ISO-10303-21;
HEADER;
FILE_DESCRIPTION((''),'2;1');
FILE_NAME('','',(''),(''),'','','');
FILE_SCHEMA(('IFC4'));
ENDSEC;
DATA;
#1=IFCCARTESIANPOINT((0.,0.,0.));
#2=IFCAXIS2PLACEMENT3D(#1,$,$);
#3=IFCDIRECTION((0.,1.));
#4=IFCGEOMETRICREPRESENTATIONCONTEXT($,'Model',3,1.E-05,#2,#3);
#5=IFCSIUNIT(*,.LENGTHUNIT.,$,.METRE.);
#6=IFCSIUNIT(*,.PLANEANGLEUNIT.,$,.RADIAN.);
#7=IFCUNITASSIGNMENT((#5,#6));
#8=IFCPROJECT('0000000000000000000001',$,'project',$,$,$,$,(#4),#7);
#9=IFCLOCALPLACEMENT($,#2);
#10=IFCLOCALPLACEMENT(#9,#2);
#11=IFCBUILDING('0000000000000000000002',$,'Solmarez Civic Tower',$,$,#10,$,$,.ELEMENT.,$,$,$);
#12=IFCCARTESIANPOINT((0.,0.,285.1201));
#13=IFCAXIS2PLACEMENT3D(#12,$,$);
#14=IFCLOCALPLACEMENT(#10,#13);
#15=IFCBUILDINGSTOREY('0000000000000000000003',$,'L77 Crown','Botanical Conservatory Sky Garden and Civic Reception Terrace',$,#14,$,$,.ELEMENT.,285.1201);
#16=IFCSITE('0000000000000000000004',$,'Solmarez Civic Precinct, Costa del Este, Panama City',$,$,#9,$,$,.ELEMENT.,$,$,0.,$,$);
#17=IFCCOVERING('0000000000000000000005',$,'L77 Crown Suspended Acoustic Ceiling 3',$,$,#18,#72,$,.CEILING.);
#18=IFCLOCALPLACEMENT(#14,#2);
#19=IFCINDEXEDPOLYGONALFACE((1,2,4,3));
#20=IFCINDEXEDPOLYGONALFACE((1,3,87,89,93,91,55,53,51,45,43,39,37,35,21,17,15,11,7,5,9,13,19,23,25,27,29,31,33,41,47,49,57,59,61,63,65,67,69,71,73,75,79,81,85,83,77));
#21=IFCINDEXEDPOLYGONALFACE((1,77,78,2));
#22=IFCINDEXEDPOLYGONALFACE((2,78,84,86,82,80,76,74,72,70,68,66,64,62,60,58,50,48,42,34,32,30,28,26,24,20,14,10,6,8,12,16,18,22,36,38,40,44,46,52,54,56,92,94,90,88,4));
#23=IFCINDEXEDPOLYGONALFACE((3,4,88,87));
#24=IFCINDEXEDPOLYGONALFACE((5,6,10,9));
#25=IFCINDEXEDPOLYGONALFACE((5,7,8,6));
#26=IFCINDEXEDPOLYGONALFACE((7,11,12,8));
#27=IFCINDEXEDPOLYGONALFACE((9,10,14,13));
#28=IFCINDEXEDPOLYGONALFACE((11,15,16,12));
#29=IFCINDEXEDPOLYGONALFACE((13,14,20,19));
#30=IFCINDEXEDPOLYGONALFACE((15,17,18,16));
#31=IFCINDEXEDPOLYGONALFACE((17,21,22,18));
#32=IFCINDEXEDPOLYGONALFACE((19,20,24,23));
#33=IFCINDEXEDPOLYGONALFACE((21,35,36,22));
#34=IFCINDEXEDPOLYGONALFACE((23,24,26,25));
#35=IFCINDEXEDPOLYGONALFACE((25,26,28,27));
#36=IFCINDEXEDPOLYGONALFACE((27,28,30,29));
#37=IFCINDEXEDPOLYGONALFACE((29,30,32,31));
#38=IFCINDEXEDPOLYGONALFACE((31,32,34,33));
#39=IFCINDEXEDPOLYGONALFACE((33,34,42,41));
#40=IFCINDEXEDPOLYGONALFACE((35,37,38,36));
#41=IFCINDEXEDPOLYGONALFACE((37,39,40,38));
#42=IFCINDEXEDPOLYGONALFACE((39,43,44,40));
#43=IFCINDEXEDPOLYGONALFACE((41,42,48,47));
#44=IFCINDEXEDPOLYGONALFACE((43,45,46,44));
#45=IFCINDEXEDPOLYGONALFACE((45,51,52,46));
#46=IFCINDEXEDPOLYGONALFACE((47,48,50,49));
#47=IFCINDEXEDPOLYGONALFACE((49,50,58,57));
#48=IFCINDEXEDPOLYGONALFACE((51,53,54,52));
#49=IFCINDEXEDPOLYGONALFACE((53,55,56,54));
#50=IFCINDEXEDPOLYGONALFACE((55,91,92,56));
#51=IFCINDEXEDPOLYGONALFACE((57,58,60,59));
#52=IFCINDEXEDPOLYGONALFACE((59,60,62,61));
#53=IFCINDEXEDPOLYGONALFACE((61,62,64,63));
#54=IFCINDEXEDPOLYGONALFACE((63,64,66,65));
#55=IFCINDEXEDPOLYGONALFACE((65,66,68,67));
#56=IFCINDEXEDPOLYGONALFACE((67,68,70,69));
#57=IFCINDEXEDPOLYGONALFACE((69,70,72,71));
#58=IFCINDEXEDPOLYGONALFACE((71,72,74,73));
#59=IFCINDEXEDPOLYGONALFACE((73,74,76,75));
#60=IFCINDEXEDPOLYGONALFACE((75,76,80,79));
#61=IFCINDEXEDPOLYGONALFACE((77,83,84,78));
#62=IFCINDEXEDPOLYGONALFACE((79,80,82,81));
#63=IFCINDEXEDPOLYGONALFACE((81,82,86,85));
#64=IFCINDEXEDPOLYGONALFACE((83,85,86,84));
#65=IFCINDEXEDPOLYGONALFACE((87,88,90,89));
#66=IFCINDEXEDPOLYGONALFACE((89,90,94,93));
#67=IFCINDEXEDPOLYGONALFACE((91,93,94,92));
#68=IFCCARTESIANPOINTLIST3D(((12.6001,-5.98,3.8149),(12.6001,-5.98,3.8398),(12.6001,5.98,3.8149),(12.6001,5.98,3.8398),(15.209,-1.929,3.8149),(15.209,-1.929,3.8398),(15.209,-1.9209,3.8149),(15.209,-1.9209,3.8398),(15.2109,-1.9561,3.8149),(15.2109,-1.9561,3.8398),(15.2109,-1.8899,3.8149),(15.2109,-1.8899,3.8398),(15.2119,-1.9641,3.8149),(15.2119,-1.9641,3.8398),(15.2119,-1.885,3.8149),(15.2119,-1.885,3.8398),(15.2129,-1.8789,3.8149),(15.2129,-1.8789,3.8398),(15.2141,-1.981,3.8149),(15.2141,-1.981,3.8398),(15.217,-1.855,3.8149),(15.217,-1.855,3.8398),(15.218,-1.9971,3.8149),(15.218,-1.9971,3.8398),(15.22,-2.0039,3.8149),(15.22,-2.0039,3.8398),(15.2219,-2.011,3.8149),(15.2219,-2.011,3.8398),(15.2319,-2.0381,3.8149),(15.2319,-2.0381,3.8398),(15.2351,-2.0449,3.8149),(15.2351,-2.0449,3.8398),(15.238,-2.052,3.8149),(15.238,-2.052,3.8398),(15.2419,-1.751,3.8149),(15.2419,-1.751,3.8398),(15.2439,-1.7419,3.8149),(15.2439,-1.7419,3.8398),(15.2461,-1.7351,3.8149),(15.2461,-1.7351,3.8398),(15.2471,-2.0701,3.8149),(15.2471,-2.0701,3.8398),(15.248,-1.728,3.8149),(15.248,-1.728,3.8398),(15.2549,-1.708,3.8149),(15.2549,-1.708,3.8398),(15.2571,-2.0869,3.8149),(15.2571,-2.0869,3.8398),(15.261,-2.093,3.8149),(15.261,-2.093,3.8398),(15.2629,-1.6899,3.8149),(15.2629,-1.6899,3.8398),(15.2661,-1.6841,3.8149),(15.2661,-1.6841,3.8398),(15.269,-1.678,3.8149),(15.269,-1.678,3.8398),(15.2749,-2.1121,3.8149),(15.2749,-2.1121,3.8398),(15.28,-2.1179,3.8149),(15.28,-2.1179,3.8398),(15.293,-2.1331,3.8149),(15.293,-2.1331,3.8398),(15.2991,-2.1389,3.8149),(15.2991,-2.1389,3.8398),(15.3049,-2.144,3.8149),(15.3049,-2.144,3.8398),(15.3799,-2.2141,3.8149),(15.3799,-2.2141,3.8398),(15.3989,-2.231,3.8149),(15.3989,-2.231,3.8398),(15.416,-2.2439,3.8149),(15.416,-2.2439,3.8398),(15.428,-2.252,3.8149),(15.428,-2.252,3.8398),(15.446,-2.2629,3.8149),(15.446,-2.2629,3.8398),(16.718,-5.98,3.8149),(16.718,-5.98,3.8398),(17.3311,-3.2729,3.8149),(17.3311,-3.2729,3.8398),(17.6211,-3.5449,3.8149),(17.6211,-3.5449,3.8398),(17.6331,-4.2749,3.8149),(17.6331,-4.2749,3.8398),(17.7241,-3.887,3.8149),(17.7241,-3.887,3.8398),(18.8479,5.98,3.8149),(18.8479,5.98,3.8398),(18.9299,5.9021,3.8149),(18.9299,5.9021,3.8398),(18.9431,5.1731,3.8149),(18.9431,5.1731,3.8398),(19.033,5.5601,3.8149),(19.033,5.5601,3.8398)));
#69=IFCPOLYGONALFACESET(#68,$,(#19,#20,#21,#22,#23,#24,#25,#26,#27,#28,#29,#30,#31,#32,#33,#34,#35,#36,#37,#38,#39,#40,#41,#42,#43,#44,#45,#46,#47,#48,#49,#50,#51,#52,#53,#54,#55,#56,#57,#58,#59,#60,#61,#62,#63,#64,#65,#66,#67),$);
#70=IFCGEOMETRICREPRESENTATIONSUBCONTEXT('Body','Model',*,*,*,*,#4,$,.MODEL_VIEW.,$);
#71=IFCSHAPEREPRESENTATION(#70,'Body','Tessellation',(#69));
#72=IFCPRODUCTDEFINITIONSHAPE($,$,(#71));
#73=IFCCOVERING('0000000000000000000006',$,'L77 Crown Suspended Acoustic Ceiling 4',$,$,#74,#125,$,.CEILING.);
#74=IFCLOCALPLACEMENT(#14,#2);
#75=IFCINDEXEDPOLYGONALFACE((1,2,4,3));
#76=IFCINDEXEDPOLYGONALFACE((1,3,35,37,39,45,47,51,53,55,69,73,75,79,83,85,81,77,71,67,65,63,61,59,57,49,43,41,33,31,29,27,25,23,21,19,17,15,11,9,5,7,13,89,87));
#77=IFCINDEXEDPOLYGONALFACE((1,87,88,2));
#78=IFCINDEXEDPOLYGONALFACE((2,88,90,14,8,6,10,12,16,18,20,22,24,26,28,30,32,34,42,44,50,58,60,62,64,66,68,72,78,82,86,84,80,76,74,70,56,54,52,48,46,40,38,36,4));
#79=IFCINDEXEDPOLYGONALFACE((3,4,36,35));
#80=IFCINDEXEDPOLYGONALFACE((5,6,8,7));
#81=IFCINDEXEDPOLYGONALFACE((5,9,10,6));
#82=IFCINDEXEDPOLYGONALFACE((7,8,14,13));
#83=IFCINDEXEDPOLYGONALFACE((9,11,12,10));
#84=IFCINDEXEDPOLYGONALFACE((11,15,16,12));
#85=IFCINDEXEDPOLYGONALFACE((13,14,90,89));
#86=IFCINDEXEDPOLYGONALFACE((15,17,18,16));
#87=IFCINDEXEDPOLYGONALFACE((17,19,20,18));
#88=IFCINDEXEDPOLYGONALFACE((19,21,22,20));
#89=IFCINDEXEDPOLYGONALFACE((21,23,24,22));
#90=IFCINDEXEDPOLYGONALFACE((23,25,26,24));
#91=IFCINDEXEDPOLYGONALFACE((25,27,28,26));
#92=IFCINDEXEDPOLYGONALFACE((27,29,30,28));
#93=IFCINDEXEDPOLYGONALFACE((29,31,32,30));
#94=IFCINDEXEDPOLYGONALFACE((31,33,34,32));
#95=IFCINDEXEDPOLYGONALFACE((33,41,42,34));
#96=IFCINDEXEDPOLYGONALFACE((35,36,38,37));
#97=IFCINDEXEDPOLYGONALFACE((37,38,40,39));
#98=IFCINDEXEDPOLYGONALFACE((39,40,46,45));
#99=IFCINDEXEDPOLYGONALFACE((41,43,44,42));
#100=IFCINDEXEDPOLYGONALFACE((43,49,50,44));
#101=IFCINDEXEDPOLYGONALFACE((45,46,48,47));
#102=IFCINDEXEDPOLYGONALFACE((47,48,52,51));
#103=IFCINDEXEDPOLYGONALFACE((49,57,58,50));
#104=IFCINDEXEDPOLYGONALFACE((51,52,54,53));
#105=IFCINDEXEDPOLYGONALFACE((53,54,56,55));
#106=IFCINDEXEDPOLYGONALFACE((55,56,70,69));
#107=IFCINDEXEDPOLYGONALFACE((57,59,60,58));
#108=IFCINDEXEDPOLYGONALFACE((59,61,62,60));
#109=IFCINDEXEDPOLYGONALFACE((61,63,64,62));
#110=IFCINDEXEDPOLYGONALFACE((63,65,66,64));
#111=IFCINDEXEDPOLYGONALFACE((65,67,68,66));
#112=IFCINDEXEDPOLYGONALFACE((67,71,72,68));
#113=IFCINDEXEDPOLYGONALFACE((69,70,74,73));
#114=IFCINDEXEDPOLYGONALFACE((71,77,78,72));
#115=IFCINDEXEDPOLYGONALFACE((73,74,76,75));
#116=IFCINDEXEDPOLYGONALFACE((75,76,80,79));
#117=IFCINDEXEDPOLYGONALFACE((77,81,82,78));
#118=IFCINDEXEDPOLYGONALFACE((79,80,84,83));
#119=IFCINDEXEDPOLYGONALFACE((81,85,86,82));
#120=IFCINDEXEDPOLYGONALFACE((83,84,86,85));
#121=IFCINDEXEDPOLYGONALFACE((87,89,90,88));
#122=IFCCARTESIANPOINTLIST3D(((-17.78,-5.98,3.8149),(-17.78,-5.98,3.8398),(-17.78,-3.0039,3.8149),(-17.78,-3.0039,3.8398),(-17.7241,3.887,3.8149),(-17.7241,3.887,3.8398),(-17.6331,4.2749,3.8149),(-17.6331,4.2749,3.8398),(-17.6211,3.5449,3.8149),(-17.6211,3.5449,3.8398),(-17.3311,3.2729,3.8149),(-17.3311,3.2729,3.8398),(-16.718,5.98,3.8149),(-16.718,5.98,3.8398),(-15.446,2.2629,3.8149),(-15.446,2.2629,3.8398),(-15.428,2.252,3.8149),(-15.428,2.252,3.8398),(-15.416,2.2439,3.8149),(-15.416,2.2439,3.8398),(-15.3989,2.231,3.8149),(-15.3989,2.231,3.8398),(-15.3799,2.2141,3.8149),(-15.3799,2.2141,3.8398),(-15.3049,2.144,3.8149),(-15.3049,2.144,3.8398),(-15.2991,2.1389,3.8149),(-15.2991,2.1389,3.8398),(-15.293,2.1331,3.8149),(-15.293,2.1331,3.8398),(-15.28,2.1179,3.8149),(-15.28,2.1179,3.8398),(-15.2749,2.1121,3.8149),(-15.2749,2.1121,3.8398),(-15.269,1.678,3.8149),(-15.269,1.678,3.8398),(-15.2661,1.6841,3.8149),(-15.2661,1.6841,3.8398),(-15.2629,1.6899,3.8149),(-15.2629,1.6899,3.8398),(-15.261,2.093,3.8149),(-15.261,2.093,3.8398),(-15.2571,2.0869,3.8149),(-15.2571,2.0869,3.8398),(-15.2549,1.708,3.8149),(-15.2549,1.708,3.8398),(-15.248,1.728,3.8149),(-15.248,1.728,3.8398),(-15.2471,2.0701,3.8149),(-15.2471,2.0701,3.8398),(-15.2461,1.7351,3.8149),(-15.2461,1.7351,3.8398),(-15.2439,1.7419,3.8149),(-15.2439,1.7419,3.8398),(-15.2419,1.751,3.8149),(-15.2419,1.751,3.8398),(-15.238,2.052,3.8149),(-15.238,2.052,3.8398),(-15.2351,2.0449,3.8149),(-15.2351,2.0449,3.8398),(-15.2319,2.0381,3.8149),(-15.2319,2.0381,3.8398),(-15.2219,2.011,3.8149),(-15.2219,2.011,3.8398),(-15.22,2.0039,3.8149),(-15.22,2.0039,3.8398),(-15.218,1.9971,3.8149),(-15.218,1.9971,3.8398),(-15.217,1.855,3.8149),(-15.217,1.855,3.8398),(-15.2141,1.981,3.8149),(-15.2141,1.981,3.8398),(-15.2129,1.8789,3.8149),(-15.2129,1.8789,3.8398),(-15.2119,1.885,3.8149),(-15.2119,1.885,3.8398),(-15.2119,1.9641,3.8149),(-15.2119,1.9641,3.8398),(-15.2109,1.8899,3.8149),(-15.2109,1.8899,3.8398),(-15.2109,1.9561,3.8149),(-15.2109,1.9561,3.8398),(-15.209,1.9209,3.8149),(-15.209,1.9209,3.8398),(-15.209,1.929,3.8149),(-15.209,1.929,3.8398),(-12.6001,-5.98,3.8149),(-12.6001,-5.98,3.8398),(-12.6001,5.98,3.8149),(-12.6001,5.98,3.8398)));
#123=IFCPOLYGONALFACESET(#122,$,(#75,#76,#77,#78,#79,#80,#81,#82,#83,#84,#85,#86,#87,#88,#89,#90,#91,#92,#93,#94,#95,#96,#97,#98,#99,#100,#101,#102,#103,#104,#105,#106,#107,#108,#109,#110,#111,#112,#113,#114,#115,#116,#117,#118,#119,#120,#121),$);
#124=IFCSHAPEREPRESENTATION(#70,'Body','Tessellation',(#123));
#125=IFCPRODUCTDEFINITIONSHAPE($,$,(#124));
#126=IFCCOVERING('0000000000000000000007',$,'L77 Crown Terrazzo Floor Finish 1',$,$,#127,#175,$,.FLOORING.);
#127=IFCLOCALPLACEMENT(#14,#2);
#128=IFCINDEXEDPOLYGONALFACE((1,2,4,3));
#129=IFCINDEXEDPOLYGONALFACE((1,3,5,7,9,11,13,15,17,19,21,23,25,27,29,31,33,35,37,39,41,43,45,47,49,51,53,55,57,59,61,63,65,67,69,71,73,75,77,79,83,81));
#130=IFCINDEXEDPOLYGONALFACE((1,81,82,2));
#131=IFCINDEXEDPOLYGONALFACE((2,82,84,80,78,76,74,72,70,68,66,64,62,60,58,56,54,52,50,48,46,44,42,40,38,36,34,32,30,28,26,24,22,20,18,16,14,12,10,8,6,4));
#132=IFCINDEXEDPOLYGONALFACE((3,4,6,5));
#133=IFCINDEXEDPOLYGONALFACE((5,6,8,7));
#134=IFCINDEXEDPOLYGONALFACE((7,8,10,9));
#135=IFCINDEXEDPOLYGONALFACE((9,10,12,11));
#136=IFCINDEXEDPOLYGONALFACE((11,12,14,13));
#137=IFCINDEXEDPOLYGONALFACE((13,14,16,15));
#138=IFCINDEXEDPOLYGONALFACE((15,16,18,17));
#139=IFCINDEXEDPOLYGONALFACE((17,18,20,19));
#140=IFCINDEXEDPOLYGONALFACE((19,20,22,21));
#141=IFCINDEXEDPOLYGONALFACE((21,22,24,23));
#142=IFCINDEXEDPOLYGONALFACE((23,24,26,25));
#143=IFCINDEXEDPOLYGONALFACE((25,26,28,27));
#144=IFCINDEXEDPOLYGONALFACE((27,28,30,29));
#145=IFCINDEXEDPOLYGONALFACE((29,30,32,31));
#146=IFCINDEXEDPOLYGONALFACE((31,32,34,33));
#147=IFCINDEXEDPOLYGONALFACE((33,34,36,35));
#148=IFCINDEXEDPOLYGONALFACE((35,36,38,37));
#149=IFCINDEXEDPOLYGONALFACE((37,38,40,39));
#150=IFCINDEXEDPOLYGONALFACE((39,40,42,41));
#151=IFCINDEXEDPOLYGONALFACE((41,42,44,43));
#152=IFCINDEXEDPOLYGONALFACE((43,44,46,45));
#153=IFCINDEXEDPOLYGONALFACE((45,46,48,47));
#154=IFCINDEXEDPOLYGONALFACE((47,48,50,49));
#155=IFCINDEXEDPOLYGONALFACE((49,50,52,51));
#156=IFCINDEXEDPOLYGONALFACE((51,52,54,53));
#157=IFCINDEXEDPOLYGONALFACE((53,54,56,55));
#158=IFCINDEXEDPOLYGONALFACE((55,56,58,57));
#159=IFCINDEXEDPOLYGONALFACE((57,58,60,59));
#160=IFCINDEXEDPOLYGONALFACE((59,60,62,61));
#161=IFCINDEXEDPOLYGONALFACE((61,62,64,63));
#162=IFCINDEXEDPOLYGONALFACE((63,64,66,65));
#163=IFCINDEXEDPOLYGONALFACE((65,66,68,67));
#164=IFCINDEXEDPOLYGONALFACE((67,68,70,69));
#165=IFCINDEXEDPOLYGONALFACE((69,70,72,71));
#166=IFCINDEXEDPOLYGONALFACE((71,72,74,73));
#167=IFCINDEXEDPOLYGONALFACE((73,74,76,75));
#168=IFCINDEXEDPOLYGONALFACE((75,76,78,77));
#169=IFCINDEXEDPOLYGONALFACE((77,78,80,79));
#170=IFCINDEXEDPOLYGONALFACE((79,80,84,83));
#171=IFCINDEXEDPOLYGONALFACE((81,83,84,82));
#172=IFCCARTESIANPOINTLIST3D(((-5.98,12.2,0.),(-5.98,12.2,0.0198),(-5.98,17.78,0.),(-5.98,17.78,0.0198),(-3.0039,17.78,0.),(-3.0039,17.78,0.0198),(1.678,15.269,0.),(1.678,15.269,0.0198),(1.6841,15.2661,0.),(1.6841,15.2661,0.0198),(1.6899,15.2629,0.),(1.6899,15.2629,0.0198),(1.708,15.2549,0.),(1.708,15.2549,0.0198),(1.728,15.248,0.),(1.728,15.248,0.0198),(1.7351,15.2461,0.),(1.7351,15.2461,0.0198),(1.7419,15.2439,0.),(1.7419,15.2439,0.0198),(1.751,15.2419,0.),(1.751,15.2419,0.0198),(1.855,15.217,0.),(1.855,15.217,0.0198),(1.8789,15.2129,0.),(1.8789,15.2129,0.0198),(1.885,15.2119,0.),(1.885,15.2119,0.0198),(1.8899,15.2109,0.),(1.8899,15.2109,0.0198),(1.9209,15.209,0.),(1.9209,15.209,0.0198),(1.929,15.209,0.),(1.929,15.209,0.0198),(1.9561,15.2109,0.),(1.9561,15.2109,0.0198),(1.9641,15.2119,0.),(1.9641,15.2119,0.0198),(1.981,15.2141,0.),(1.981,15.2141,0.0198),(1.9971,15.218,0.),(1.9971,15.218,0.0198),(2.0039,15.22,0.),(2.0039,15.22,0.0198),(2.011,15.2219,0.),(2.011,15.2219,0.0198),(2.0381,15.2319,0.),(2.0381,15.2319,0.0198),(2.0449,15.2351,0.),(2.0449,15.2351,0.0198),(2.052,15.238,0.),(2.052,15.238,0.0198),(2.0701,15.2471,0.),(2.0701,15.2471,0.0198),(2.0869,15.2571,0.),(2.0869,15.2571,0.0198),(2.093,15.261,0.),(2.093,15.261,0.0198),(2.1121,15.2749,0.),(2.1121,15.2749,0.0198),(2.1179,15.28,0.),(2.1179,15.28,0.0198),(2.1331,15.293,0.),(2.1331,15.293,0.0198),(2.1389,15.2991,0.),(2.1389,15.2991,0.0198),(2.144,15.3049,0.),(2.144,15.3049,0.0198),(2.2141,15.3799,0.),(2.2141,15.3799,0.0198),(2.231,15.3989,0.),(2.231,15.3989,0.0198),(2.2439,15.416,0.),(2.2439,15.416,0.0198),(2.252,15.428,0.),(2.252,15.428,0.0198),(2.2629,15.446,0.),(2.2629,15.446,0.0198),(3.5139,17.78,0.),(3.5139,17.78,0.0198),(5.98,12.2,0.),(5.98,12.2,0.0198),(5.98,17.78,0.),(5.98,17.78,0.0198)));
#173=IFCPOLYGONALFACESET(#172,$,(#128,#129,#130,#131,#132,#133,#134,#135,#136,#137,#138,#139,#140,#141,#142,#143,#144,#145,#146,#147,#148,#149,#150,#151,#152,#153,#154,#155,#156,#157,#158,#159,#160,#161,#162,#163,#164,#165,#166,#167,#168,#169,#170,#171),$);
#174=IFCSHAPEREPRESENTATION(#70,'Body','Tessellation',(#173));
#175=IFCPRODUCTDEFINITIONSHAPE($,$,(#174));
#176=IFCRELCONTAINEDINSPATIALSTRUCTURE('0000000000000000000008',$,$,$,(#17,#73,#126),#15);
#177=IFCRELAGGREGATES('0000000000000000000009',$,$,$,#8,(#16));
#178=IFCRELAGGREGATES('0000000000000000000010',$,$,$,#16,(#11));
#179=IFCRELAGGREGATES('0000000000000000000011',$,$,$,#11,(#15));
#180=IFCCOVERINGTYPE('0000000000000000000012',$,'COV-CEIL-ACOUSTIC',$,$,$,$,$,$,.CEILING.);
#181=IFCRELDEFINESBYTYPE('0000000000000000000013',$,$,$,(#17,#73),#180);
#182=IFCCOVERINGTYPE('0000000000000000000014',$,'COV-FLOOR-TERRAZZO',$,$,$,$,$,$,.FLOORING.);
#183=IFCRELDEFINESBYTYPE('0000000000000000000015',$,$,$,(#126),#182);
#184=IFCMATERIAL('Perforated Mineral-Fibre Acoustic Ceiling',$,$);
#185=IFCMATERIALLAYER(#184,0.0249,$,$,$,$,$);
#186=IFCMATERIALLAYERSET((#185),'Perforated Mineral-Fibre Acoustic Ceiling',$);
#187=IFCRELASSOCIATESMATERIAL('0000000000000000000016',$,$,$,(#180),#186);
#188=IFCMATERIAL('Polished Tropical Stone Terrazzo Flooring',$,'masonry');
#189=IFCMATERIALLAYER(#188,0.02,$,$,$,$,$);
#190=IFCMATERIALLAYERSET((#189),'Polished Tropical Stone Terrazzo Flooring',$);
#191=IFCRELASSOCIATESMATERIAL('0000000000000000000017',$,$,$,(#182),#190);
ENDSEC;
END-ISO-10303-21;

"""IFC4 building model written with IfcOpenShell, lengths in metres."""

from ifc_helpers import new_model, si_unit, direction, frame, origin, place, context, subcontext, project, spatial, polyline, outline, extrude, material, layer, layer_set, type_object, element, save


model = new_model("IFC4")

# Units and contexts
model_context = context("Model", 3, precision=1e-05, world=origin(), true_north=direction((0.0, 1.0)))
body_context = subcontext(model_context, "Body", "Model", "MODEL_VIEW")
ifc_project = project(units=[si_unit("LENGTHUNIT", "METRE"), si_unit("PLANEANGLEUNIT", "RADIAN")], contexts=[model_context])

# Site, building, storey
site_placement = place(None, origin())
site = spatial("IfcSite", under=ifc_project, at=site_placement, Name="Solmarez Civic Precinct, Costa del Este, Panama City", CompositionType="ELEMENT", RefElevation=0.0)
building_placement = place(site_placement, origin())
building = spatial("IfcBuilding", under=site, at=building_placement, Name="Solmarez Civic Tower", CompositionType="ELEMENT")
storey_placement = place(building_placement, frame((0.0, 0.0, 285.1201)))
storey = spatial("IfcBuildingStorey", under=building, at=storey_placement, Name="L77 Crown", Description="Botanical Conservatory Sky Garden and Civic Reception Terrace", CompositionType="ELEMENT", Elevation=285.1201)

# Coverings
ifc_material_1 = material(Name="Perforated Mineral-Fibre Acoustic Ceiling")
ifc_layer_1 = layer(ifc_material_1, 0.0249)
ifc_layer_set_1 = layer_set([ifc_layer_1], Name="Perforated Mineral-Fibre Acoustic Ceiling")
covering_type_1 = type_object("IfcCoveringType", Name="COV-CEIL-ACOUSTIC", PredefinedType="CEILING", material=ifc_layer_set_1)
covering_1_placement = place(storey_placement, frame((0.0, 0.0, 3.8149)))
element("IfcCovering", 1, at=covering_1_placement, inside=storey, type_object=covering_type_1, Name="L77 Crown Suspended Acoustic Ceiling 3", PredefinedType="CEILING", context=body_context, shape_type="SweptSolid", body=[
    extrude(outline(polyline([(12.6001, 5.98), (12.6001, -5.98), (16.718, -5.98), (17.6331, -4.2749), (17.7241, -3.887), (17.6211, -3.5449), (17.3311, -3.2729), (15.446, -2.2629), (15.428, -2.252), (15.416, -2.2439), (15.3989, -2.231), (15.3799, -2.2141), (15.3049, -2.144), (15.2991, -2.1389), (15.293, -2.1331), (15.28, -2.1179), (15.2749, -2.1121), (15.261, -2.093), (15.2571, -2.0869), (15.2471, -2.0701), (15.238, -2.052), (15.2351, -2.0449), (15.2319, -2.0381), (15.2219, -2.011), (15.22, -2.0039), (15.218, -1.9971), (15.2141, -1.981), (15.2119, -1.9641), (15.2109, -1.9561), (15.209, -1.929), (15.209, -1.9209), (15.2109, -1.8899), (15.2119, -1.885), (15.2129, -1.8789), (15.217, -1.855), (15.2419, -1.751), (15.2439, -1.7419), (15.2461, -1.7351), (15.248, -1.728), (15.2549, -1.708), (15.2629, -1.6899), (15.2661, -1.6841), (15.269, -1.678), (18.9431, 5.1731), (19.033, 5.5601), (18.9299, 5.9021), (18.8479, 5.98), (12.6001, 5.98)])), origin(), (0.0, 0.0, 1.0), 0.0249),
])
covering_2_placement = place(storey_placement, frame((0.0, 0.0, 3.8149)))
element("IfcCovering", 2, at=covering_2_placement, inside=storey, type_object=covering_type_1, Name="L77 Crown Suspended Acoustic Ceiling 4", PredefinedType="CEILING", context=body_context, shape_type="SweptSolid", body=[
    extrude(outline(polyline([(-12.6001, -5.98), (-12.6001, 5.98), (-16.718, 5.98), (-17.6331, 4.2749), (-17.7241, 3.887), (-17.6211, 3.5449), (-17.3311, 3.2729), (-15.446, 2.2629), (-15.428, 2.252), (-15.416, 2.2439), (-15.3989, 2.231), (-15.3799, 2.2141), (-15.3049, 2.144), (-15.2991, 2.1389), (-15.293, 2.1331), (-15.28, 2.1179), (-15.2749, 2.1121), (-15.261, 2.093), (-15.2571, 2.0869), (-15.2471, 2.0701), (-15.238, 2.052), (-15.2351, 2.0449), (-15.2319, 2.0381), (-15.2219, 2.011), (-15.22, 2.0039), (-15.218, 1.9971), (-15.2141, 1.981), (-15.2119, 1.9641), (-15.2109, 1.9561), (-15.209, 1.929), (-15.209, 1.9209), (-15.2109, 1.8899), (-15.2119, 1.885), (-15.2129, 1.8789), (-15.217, 1.855), (-15.2419, 1.751), (-15.2439, 1.7419), (-15.2461, 1.7351), (-15.248, 1.728), (-15.2549, 1.708), (-15.2629, 1.6899), (-15.2661, 1.6841), (-15.269, 1.678), (-17.78, -3.0039), (-17.78, -5.98), (-12.6001, -5.98)])), origin(), (0.0, 0.0, 1.0), 0.0249),
])
ifc_material_2 = material(Name="Polished Tropical Stone Terrazzo Flooring", Category="masonry")
ifc_layer_2 = layer(ifc_material_2, 0.02)
ifc_layer_set_2 = layer_set([ifc_layer_2], Name="Polished Tropical Stone Terrazzo Flooring")
covering_type_2 = type_object("IfcCoveringType", Name="COV-FLOOR-TERRAZZO", PredefinedType="FLOORING", material=ifc_layer_set_2)
covering_3_placement = place(storey_placement, origin())
element("IfcCovering", 3, at=covering_3_placement, inside=storey, type_object=covering_type_2, Name="L77 Crown Terrazzo Floor Finish 1", PredefinedType="FLOORING", context=body_context, shape_type="SweptSolid", body=[
    extrude(outline(polyline([(5.98, 17.78), (3.5139, 17.78), (2.2629, 15.446), (2.252, 15.428), (2.2439, 15.416), (2.231, 15.3989), (2.2141, 15.3799), (2.144, 15.3049), (2.1389, 15.2991), (2.1331, 15.293), (2.1179, 15.28), (2.1121, 15.2749), (2.093, 15.261), (2.0869, 15.2571), (2.0701, 15.2471), (2.052, 15.238), (2.0449, 15.2351), (2.0381, 15.2319), (2.011, 15.2219), (2.0039, 15.22), (1.9971, 15.218), (1.981, 15.2141), (1.9641, 15.2119), (1.9561, 15.2109), (1.929, 15.209), (1.9209, 15.209), (1.8899, 15.2109), (1.885, 15.2119), (1.8789, 15.2129), (1.855, 15.217), (1.751, 15.2419), (1.7419, 15.2439), (1.7351, 15.2461), (1.728, 15.248), (1.708, 15.2549), (1.6899, 15.2629), (1.6841, 15.2661), (1.678, 15.269), (-3.0039, 17.78), (-5.98, 17.78), (-5.98, 12.2), (5.98, 12.2), (5.98, 17.78)])), origin(), (0.0, 0.0, 1.0), 0.0198),
])

save(model, "model.ifc")
